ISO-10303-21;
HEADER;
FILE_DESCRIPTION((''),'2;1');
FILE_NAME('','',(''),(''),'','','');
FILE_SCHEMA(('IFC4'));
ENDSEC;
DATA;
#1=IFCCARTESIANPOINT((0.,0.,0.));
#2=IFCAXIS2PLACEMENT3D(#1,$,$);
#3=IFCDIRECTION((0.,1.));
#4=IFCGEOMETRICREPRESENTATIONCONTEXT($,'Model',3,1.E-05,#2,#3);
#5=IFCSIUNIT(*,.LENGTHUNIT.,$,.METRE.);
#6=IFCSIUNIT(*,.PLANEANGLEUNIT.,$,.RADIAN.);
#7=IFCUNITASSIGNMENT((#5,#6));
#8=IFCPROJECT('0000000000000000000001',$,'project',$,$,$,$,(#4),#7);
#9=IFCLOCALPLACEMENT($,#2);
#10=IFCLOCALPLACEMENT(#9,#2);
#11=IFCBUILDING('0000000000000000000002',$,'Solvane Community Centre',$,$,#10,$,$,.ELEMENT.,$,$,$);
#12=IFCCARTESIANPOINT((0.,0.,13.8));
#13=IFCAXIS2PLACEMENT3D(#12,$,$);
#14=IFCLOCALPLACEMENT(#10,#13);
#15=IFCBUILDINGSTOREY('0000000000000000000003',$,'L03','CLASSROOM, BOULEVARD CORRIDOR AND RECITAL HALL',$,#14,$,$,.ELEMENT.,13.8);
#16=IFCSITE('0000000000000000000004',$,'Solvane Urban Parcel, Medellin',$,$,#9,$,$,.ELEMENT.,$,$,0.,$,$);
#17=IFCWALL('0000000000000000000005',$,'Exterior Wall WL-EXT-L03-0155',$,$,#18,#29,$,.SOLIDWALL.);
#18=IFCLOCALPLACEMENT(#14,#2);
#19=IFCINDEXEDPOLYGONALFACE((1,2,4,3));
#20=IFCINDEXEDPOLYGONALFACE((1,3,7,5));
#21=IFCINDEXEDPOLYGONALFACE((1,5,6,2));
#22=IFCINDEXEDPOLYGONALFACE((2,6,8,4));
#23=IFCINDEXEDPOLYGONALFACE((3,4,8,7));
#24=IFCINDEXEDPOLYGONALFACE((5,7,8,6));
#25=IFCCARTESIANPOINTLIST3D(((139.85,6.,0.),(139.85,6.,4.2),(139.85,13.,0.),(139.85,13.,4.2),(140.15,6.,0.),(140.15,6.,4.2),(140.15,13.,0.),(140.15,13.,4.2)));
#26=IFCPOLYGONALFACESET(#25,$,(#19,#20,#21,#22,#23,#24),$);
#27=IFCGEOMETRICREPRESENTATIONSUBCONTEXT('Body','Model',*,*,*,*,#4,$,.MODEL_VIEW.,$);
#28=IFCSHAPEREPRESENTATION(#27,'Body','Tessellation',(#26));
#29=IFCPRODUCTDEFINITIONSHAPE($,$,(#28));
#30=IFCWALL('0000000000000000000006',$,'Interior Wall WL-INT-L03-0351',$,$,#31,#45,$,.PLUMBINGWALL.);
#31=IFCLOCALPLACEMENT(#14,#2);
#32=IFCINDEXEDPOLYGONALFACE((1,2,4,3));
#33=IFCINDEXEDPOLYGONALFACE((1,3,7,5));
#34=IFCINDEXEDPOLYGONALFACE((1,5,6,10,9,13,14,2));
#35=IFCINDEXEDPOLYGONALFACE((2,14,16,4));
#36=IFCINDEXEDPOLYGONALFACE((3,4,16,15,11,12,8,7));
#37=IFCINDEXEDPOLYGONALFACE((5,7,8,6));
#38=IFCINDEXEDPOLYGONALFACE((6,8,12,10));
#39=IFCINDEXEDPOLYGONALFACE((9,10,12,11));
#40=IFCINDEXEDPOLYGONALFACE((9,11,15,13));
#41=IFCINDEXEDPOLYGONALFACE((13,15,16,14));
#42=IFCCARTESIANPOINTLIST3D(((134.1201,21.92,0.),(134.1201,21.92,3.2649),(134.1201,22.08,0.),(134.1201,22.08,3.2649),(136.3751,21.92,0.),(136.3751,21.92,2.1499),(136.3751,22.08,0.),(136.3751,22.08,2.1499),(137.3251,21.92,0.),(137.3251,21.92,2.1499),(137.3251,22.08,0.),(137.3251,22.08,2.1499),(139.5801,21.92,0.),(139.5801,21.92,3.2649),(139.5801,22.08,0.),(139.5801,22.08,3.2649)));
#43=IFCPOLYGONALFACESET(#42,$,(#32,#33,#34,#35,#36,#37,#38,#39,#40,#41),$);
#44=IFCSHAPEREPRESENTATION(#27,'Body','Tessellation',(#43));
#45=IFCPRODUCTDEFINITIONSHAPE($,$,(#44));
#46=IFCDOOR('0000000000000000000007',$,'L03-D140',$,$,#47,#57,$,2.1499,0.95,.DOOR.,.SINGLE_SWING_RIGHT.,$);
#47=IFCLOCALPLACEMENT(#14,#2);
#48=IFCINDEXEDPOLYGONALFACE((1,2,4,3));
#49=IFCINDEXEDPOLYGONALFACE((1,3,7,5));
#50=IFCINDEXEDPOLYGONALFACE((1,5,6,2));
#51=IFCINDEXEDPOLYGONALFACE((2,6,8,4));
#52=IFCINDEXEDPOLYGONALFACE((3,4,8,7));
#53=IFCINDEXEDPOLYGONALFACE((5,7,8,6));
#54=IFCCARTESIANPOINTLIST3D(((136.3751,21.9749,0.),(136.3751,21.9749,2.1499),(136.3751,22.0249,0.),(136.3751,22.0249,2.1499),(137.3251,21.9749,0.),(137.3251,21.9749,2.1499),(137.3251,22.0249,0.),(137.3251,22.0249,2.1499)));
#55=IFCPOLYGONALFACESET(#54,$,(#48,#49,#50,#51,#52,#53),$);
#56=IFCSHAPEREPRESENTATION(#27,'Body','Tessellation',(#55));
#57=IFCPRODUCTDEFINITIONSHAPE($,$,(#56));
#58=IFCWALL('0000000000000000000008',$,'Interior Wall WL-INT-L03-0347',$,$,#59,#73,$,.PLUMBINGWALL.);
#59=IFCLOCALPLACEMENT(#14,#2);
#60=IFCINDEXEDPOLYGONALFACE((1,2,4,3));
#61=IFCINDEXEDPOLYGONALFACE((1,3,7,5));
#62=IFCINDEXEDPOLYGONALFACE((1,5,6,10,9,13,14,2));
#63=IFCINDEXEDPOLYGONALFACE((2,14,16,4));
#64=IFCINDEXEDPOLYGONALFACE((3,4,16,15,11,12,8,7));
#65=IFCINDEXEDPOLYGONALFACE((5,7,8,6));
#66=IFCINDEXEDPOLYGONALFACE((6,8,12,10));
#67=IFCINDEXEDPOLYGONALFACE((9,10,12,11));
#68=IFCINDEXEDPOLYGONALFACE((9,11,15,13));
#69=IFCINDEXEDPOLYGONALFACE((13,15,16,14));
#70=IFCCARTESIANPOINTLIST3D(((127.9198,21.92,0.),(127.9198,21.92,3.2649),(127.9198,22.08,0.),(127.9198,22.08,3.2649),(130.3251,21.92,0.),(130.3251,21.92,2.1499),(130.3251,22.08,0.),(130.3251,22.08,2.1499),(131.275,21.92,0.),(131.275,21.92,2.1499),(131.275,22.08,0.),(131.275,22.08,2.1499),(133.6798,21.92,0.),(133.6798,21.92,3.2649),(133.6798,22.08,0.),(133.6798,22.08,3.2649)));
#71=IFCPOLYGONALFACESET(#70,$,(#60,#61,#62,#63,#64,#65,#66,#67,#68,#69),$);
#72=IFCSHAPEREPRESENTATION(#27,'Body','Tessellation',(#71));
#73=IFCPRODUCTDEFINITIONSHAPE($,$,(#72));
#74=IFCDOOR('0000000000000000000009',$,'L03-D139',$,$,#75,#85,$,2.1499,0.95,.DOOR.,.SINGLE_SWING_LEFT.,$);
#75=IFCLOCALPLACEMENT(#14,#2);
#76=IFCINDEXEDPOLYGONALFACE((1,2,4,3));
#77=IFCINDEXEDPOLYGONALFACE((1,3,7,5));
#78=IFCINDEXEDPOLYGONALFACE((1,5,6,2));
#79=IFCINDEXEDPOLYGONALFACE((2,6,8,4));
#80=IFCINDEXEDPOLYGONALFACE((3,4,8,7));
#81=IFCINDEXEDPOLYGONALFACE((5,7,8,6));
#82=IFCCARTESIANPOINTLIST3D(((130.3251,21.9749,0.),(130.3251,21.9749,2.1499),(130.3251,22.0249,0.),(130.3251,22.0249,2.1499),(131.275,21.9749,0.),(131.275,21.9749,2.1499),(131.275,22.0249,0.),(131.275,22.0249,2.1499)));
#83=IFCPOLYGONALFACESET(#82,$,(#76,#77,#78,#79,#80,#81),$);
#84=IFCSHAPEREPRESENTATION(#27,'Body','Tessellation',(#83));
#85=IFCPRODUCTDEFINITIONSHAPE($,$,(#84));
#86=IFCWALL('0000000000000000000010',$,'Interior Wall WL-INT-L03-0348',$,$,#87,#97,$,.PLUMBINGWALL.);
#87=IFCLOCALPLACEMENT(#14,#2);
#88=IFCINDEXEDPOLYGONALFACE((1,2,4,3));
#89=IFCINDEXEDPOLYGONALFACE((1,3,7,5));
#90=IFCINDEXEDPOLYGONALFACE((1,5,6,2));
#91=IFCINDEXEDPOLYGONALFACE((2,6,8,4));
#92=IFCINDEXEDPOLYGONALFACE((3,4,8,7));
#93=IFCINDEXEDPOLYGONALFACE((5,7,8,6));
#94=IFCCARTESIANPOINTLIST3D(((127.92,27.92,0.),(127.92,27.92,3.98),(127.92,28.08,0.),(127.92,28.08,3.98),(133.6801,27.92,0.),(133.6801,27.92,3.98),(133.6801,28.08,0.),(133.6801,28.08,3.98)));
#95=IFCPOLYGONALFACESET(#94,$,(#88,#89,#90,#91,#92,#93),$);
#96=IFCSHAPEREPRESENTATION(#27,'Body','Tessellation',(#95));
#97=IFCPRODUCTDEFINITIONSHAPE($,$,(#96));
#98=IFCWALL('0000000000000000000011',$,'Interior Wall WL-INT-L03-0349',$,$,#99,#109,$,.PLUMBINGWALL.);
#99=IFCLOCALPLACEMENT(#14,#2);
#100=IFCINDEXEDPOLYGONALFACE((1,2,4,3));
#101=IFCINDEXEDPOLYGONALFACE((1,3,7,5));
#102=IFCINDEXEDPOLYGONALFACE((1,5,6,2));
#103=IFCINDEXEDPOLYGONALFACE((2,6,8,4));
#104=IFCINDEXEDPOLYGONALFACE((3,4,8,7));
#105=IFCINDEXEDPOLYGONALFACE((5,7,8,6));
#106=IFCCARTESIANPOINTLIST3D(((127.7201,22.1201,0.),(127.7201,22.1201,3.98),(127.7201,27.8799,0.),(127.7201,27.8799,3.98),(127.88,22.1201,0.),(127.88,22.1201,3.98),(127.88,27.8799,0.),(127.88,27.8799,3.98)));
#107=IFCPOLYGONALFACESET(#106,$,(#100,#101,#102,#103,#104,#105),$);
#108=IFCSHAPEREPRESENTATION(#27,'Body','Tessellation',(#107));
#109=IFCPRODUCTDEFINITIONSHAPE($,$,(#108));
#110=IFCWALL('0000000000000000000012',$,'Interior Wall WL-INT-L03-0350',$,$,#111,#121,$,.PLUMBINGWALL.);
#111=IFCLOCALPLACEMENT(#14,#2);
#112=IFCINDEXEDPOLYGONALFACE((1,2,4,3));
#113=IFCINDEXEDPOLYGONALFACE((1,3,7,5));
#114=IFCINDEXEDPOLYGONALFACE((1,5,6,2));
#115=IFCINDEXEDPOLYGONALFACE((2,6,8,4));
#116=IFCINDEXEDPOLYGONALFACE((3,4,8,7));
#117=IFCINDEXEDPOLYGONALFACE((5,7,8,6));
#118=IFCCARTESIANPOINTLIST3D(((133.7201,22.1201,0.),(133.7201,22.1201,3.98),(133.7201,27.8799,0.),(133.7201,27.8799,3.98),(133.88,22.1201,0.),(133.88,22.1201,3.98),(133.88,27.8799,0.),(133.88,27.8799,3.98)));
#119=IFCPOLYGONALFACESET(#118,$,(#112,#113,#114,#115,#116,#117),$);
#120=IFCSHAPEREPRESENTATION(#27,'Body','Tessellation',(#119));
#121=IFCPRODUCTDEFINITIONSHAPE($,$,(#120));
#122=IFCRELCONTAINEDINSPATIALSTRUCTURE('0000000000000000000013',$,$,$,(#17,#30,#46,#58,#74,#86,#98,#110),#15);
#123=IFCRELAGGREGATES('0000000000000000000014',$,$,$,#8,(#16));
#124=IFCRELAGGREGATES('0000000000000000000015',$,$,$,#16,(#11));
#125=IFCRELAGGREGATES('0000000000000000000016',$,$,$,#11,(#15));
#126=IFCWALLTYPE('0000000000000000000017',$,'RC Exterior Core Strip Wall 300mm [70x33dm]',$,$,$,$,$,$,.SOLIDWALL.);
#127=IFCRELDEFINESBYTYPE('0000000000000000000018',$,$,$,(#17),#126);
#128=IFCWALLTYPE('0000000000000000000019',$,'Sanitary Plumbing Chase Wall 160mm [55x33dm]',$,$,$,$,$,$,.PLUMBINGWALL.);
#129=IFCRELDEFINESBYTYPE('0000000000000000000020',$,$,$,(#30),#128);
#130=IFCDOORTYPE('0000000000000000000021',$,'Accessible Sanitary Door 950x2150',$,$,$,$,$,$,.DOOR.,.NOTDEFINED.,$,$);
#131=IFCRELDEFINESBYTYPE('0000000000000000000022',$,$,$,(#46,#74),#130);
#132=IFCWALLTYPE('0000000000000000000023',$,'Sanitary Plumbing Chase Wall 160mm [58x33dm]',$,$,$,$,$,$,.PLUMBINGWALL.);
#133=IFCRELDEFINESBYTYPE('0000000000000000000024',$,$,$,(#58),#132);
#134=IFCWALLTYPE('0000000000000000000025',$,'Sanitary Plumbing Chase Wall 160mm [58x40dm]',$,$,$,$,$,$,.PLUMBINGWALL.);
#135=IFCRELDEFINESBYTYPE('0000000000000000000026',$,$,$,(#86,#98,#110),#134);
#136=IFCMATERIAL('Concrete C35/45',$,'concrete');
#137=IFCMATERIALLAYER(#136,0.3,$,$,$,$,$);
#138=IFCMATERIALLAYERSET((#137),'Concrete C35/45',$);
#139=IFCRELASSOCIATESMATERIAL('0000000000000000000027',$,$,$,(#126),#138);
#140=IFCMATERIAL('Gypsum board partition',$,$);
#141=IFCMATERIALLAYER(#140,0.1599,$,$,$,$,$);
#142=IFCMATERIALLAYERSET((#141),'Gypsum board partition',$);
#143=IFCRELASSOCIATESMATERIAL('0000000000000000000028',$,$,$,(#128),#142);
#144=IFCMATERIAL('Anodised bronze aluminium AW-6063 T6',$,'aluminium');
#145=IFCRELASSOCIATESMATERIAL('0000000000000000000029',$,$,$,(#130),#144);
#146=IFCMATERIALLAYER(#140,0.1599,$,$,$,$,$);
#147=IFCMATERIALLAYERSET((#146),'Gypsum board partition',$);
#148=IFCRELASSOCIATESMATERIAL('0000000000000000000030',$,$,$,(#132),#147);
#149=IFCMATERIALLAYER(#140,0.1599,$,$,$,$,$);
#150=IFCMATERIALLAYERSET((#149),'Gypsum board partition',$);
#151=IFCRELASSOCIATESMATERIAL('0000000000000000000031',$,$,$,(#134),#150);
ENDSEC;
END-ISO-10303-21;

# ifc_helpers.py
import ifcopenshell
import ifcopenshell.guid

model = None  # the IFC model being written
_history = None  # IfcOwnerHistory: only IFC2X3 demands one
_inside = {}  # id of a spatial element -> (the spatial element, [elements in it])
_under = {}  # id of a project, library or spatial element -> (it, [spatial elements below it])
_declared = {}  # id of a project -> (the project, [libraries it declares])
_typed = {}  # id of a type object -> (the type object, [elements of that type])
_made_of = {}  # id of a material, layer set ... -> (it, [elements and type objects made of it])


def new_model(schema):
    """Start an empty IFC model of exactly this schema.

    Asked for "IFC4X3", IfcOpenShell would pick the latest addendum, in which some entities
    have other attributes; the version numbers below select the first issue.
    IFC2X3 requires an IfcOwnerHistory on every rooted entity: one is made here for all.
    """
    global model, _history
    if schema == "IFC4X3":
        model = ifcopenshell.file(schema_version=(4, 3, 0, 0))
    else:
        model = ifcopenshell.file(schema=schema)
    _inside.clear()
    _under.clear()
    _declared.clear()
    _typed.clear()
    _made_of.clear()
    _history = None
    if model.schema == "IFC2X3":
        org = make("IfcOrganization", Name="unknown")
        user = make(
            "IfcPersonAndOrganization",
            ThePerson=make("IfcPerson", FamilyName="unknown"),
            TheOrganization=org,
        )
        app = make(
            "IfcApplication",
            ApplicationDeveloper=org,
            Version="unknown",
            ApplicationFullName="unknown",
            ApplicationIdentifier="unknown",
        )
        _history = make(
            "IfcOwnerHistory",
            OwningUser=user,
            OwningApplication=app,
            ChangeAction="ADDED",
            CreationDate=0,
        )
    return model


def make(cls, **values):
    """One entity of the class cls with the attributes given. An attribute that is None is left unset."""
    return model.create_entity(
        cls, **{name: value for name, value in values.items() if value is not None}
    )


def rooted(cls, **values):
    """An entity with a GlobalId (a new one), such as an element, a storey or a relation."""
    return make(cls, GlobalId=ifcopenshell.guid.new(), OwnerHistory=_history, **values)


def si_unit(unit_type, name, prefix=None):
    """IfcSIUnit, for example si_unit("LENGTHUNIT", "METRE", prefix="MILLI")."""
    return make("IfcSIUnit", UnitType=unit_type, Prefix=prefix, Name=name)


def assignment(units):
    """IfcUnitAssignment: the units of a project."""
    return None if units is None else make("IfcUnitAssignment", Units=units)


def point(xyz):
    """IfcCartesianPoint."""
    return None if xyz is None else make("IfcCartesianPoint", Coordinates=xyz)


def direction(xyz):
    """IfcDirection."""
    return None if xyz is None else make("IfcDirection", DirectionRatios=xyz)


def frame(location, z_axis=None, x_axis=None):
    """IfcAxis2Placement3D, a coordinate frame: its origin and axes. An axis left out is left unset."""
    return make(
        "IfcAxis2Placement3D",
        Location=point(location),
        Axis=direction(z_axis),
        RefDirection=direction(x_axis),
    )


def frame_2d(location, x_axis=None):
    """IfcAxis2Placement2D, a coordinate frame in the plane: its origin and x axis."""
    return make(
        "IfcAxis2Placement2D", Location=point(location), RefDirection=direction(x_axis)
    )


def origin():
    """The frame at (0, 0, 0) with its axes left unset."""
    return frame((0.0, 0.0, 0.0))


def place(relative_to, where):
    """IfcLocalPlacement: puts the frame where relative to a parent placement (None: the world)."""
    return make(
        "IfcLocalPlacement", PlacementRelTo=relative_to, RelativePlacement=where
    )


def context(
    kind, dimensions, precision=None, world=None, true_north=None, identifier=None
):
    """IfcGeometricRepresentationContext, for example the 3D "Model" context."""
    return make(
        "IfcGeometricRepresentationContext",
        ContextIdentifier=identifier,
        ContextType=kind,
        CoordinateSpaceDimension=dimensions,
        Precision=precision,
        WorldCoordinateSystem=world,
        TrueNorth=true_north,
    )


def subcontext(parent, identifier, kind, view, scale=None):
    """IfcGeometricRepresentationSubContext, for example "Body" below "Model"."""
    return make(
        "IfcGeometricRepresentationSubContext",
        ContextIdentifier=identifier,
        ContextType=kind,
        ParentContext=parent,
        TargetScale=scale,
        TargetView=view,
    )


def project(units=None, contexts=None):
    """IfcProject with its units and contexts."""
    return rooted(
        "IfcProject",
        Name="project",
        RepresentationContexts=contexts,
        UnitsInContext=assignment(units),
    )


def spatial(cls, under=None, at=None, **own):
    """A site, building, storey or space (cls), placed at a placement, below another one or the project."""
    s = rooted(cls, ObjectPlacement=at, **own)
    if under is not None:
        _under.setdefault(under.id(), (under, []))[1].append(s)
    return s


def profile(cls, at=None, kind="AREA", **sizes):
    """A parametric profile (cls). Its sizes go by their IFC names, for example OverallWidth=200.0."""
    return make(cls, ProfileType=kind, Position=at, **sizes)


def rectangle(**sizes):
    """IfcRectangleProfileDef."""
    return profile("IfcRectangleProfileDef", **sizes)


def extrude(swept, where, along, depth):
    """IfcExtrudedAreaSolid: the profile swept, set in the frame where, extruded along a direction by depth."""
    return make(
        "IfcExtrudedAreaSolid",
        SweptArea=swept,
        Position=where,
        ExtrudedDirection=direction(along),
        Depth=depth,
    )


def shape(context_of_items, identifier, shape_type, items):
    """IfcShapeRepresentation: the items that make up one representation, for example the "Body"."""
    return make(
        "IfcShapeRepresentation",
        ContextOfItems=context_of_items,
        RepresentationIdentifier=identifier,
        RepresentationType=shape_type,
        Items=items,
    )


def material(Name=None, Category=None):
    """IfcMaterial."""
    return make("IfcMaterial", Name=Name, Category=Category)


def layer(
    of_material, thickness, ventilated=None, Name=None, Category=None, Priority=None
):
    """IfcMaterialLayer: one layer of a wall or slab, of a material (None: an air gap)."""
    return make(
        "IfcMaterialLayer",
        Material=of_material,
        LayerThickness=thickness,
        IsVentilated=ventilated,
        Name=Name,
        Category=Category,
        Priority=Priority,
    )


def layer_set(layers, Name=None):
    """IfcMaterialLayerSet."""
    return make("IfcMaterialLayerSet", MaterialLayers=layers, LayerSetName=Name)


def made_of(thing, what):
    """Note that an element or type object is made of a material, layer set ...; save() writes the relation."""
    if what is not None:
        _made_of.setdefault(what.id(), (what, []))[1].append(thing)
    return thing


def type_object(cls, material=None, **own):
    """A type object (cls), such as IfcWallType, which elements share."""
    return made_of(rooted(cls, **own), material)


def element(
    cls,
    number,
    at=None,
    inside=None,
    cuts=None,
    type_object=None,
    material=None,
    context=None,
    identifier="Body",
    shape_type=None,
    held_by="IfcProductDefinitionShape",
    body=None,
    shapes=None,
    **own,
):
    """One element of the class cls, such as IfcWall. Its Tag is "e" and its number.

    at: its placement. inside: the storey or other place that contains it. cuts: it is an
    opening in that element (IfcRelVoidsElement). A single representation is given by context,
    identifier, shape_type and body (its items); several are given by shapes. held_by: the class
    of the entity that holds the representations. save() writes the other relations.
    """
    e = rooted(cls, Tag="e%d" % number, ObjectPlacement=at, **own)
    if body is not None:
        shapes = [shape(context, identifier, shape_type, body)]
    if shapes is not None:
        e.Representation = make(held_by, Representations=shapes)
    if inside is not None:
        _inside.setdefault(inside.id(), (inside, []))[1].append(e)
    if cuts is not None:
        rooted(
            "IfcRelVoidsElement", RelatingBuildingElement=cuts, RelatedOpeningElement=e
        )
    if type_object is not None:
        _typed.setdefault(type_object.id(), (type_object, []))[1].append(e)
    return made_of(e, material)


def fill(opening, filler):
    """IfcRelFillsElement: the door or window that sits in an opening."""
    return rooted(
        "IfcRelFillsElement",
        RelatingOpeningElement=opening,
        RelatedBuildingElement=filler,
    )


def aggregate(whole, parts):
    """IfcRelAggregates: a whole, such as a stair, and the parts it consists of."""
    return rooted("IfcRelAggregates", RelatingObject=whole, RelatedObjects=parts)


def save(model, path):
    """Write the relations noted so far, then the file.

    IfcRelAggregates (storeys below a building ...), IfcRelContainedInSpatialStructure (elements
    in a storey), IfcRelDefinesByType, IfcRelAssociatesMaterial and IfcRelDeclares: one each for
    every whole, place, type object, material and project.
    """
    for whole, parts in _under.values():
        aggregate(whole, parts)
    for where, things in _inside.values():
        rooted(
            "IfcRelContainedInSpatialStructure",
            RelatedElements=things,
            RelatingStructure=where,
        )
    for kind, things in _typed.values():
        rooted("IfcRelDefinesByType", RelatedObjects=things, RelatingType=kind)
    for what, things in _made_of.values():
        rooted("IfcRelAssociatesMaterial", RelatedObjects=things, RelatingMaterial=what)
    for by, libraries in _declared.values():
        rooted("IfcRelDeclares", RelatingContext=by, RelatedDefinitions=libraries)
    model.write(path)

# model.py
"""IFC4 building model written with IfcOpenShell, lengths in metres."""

from ifc_helpers import new_model, si_unit, direction, frame, frame_2d, origin, place, context, subcontext, project, spatial, rectangle, extrude, material, layer, layer_set, type_object, element, fill, save


model = new_model("IFC4")

# Units and contexts
model_context = context("Model", 3, precision=1e-05, world=origin(), true_north=direction((0.0, 1.0)))
body_context = subcontext(model_context, "Body", "Model", "MODEL_VIEW")
ifc_project = project(units=[si_unit("LENGTHUNIT", "METRE"), si_unit("PLANEANGLEUNIT", "RADIAN")], contexts=[model_context])

# Site, building, storey
site_placement = place(None, origin())
site = spatial("IfcSite", under=ifc_project, at=site_placement, Name="Solvane Urban Parcel, Medellin", CompositionType="ELEMENT", RefElevation=0.0)
building_placement = place(site_placement, origin())
building = spatial("IfcBuilding", under=site, at=building_placement, Name="Solvane Community Centre", CompositionType="ELEMENT")
storey_placement = place(building_placement, frame((0.0, 0.0, 13.8)))
storey = spatial("IfcBuildingStorey", under=building, at=storey_placement, Name="L03", Description="CLASSROOM, BOULEVARD CORRIDOR AND RECITAL HALL", CompositionType="ELEMENT", Elevation=13.8)

# Shared definitions
ifc_material_1 = material(Name="Gypsum board partition")

# Shared definitions
ifc_material_2 = material(Name="Anodised bronze aluminium AW-6063 T6", Category="aluminium")
ifc_material_3 = material(Name="Concrete C35/45", Category="concrete")

# Wall
ifc_layer_1 = layer(ifc_material_3, 0.3)
ifc_layer_set_1 = layer_set([ifc_layer_1], Name="Concrete C35/45")
wall_type_1 = type_object("IfcWallType", Name="RC Exterior Core Strip Wall 300mm [70x33dm]", PredefinedType="SOLIDWALL", material=ifc_layer_set_1)
wall_1_placement = place(storey_placement, frame((140.0, 13.0, 0.0), z_axis=(0.0, 0.0, 1.0), x_axis=(0.0, -1.0, 0.0)))
element("IfcWall", 1, at=wall_1_placement, inside=storey, type_object=wall_type_1, Name="Exterior Wall WL-EXT-L03-0155", PredefinedType="SOLIDWALL", context=body_context, shape_type="SweptSolid", body=[
    extrude(rectangle(XDim=7.0, YDim=0.3, at=frame_2d((3.5, 0.0))), origin(), (0.0, 0.0, 1.0), 4.2),
])

# Walls, openings, doors
ifc_layer_2 = layer(ifc_material_1, 0.1599)
ifc_layer_set_2 = layer_set([ifc_layer_2], Name="Gypsum board partition")
wall_type_2 = type_object("IfcWallType", Name="Sanitary Plumbing Chase Wall 160mm [55x33dm]", PredefinedType="PLUMBINGWALL", material=ifc_layer_set_2)
wall_2_placement = place(storey_placement, frame((134.1201, 22.0, 0.0), z_axis=(0.0, 0.0, 1.0), x_axis=(1.0, 0.0, 0.0)))
wall_2 = element("IfcWall", 2, at=wall_2_placement, inside=storey, type_object=wall_type_2, Name="Interior Wall WL-INT-L03-0351", PredefinedType="PLUMBINGWALL", context=body_context, shape_type="SweptSolid", body=[
    extrude(rectangle(XDim=5.46, YDim=0.1599, at=frame_2d((2.73, 0.0))), origin(), (0.0, 0.0, 1.0), 3.2649),
])
opening_1_placement = place(wall_2_placement, frame((2.2549, 0.0, 0.0)))
opening_1 = element("IfcOpeningElement", 3, at=opening_1_placement, cuts=wall_2, PredefinedType="OPENING", context=body_context, shape_type="SweptSolid", body=[
    extrude(rectangle(XDim=0.95, YDim=2.1499, at=frame_2d((0.4751, 1.075))), frame((0.0, 0.0898, 0.0), z_axis=(0.0, -1.0, 0.0), x_axis=(1.0, 0.0, 0.0)), (0.0, 0.0, 1.0), 0.1799),
])
door_type_1 = type_object("IfcDoorType", Name="Accessible Sanitary Door 950x2150", OperationType="NOTDEFINED", PredefinedType="DOOR", material=ifc_material_2)
door_1_placement = place(opening_1_placement, origin())
door_1 = element("IfcDoor", 4, at=door_1_placement, inside=storey, type_object=door_type_1, Name="L03-D140", OperationType="SINGLE_SWING_RIGHT", OverallHeight=2.1499, OverallWidth=0.95, PredefinedType="DOOR", context=body_context, shape_type="SweptSolid", body=[
    extrude(rectangle(XDim=0.95, YDim=2.1499, at=frame_2d((0.4751, 1.075))), frame((0.0, 0.0249, 0.0), z_axis=(0.0, -1.0, 0.0), x_axis=(1.0, 0.0, 0.0)), (0.0, 0.0, 1.0), 0.05),
])
fill(opening_1, door_1)
ifc_layer_3 = layer(ifc_material_1, 0.1599)
ifc_layer_set_3 = layer_set([ifc_layer_3], Name="Gypsum board partition")
wall_type_3 = type_object("IfcWallType", Name="Sanitary Plumbing Chase Wall 160mm [58x33dm]", PredefinedType="PLUMBINGWALL", material=ifc_layer_set_3)
wall_3_placement = place(storey_placement, frame((127.9199, 22.0, 0.0), z_axis=(0.0, 0.0, 1.0), x_axis=(1.0, 0.0, 0.0)))
wall_3 = element("IfcWall", 5, at=wall_3_placement, inside=storey, type_object=wall_type_3, Name="Interior Wall WL-INT-L03-0347", PredefinedType="PLUMBINGWALL", context=body_context, shape_type="SweptSolid", body=[
    extrude(rectangle(XDim=5.76, YDim=0.1599, at=frame_2d((2.8799, 0.0))), origin(), (0.0, 0.0, 1.0), 3.2649),
])
opening_2_placement = place(wall_3_placement, frame((2.405, 0.0, 0.0)))
opening_2 = element("IfcOpeningElement", 6, at=opening_2_placement, cuts=wall_3, PredefinedType="OPENING", context=body_context, shape_type="SweptSolid", body=[
    extrude(rectangle(XDim=0.95, YDim=2.1499, at=frame_2d((0.4751, 1.075))), frame((0.0, 0.0898, 0.0), z_axis=(0.0, -1.0, 0.0), x_axis=(1.0, 0.0, 0.0)), (0.0, 0.0, 1.0), 0.1799),
])
door_2_placement = place(opening_2_placement, origin())
door_2 = element("IfcDoor", 7, at=door_2_placement, inside=storey, type_object=door_type_1, Name="L03-D139", OperationType="SINGLE_SWING_LEFT", OverallHeight=2.1499, OverallWidth=0.95, PredefinedType="DOOR", context=body_context, shape_type="SweptSolid", body=[
    extrude(rectangle(XDim=0.95, YDim=2.1499, at=frame_2d((0.4751, 1.075))), frame((0.0, 0.0249, 0.0), z_axis=(0.0, -1.0, 0.0), x_axis=(1.0, 0.0, 0.0)), (0.0, 0.0, 1.0), 0.05),
])
fill(opening_2, door_2)

# Walls
ifc_layer_4 = layer(ifc_material_1, 0.1599)
ifc_layer_set_4 = layer_set([ifc_layer_4], Name="Gypsum board partition")
wall_type_4 = type_object("IfcWallType", Name="Sanitary Plumbing Chase Wall 160mm [58x40dm]", PredefinedType="PLUMBINGWALL", material=ifc_layer_set_4)
wall_4_placement = place(storey_placement, frame((133.6799, 28.0, 0.0), z_axis=(0.0, 0.0, 1.0), x_axis=(-1.0, 0.0, 0.0)))
element("IfcWall", 8, at=wall_4_placement, inside=storey, type_object=wall_type_4, Name="Interior Wall WL-INT-L03-0348", PredefinedType="PLUMBINGWALL", context=body_context, shape_type="SweptSolid", body=[
    extrude(rectangle(XDim=5.76, YDim=0.1599, at=frame_2d((2.8799, 0.0))), origin(), (0.0, 0.0, 1.0), 3.98),
])
for number, where, z_axis, x_axis, name in (
    (9, (127.8, 27.8799, 0.0), (0.0, 0.0, 1.0), (0.0, -1.0, 0.0), "Interior Wall WL-INT-L03-0349"),
    (10, (133.8, 22.1201, 0.0), (0.0, 0.0, 1.0), (0.0, 1.0, 0.0), "Interior Wall WL-INT-L03-0350"),
):
    element("IfcWall", number, at=place(storey_placement, frame(where, z_axis=z_axis, x_axis=x_axis)), inside=storey, type_object=wall_type_4, Name=name, PredefinedType="PLUMBINGWALL", context=body_context, shape_type="SweptSolid", body=[
        extrude(rectangle(XDim=5.7598, YDim=0.1599, at=frame_2d((2.8799, 0.0))), origin(), (0.0, 0.0, 1.0), 3.98),
    ])

save(model, "model.ifc")
